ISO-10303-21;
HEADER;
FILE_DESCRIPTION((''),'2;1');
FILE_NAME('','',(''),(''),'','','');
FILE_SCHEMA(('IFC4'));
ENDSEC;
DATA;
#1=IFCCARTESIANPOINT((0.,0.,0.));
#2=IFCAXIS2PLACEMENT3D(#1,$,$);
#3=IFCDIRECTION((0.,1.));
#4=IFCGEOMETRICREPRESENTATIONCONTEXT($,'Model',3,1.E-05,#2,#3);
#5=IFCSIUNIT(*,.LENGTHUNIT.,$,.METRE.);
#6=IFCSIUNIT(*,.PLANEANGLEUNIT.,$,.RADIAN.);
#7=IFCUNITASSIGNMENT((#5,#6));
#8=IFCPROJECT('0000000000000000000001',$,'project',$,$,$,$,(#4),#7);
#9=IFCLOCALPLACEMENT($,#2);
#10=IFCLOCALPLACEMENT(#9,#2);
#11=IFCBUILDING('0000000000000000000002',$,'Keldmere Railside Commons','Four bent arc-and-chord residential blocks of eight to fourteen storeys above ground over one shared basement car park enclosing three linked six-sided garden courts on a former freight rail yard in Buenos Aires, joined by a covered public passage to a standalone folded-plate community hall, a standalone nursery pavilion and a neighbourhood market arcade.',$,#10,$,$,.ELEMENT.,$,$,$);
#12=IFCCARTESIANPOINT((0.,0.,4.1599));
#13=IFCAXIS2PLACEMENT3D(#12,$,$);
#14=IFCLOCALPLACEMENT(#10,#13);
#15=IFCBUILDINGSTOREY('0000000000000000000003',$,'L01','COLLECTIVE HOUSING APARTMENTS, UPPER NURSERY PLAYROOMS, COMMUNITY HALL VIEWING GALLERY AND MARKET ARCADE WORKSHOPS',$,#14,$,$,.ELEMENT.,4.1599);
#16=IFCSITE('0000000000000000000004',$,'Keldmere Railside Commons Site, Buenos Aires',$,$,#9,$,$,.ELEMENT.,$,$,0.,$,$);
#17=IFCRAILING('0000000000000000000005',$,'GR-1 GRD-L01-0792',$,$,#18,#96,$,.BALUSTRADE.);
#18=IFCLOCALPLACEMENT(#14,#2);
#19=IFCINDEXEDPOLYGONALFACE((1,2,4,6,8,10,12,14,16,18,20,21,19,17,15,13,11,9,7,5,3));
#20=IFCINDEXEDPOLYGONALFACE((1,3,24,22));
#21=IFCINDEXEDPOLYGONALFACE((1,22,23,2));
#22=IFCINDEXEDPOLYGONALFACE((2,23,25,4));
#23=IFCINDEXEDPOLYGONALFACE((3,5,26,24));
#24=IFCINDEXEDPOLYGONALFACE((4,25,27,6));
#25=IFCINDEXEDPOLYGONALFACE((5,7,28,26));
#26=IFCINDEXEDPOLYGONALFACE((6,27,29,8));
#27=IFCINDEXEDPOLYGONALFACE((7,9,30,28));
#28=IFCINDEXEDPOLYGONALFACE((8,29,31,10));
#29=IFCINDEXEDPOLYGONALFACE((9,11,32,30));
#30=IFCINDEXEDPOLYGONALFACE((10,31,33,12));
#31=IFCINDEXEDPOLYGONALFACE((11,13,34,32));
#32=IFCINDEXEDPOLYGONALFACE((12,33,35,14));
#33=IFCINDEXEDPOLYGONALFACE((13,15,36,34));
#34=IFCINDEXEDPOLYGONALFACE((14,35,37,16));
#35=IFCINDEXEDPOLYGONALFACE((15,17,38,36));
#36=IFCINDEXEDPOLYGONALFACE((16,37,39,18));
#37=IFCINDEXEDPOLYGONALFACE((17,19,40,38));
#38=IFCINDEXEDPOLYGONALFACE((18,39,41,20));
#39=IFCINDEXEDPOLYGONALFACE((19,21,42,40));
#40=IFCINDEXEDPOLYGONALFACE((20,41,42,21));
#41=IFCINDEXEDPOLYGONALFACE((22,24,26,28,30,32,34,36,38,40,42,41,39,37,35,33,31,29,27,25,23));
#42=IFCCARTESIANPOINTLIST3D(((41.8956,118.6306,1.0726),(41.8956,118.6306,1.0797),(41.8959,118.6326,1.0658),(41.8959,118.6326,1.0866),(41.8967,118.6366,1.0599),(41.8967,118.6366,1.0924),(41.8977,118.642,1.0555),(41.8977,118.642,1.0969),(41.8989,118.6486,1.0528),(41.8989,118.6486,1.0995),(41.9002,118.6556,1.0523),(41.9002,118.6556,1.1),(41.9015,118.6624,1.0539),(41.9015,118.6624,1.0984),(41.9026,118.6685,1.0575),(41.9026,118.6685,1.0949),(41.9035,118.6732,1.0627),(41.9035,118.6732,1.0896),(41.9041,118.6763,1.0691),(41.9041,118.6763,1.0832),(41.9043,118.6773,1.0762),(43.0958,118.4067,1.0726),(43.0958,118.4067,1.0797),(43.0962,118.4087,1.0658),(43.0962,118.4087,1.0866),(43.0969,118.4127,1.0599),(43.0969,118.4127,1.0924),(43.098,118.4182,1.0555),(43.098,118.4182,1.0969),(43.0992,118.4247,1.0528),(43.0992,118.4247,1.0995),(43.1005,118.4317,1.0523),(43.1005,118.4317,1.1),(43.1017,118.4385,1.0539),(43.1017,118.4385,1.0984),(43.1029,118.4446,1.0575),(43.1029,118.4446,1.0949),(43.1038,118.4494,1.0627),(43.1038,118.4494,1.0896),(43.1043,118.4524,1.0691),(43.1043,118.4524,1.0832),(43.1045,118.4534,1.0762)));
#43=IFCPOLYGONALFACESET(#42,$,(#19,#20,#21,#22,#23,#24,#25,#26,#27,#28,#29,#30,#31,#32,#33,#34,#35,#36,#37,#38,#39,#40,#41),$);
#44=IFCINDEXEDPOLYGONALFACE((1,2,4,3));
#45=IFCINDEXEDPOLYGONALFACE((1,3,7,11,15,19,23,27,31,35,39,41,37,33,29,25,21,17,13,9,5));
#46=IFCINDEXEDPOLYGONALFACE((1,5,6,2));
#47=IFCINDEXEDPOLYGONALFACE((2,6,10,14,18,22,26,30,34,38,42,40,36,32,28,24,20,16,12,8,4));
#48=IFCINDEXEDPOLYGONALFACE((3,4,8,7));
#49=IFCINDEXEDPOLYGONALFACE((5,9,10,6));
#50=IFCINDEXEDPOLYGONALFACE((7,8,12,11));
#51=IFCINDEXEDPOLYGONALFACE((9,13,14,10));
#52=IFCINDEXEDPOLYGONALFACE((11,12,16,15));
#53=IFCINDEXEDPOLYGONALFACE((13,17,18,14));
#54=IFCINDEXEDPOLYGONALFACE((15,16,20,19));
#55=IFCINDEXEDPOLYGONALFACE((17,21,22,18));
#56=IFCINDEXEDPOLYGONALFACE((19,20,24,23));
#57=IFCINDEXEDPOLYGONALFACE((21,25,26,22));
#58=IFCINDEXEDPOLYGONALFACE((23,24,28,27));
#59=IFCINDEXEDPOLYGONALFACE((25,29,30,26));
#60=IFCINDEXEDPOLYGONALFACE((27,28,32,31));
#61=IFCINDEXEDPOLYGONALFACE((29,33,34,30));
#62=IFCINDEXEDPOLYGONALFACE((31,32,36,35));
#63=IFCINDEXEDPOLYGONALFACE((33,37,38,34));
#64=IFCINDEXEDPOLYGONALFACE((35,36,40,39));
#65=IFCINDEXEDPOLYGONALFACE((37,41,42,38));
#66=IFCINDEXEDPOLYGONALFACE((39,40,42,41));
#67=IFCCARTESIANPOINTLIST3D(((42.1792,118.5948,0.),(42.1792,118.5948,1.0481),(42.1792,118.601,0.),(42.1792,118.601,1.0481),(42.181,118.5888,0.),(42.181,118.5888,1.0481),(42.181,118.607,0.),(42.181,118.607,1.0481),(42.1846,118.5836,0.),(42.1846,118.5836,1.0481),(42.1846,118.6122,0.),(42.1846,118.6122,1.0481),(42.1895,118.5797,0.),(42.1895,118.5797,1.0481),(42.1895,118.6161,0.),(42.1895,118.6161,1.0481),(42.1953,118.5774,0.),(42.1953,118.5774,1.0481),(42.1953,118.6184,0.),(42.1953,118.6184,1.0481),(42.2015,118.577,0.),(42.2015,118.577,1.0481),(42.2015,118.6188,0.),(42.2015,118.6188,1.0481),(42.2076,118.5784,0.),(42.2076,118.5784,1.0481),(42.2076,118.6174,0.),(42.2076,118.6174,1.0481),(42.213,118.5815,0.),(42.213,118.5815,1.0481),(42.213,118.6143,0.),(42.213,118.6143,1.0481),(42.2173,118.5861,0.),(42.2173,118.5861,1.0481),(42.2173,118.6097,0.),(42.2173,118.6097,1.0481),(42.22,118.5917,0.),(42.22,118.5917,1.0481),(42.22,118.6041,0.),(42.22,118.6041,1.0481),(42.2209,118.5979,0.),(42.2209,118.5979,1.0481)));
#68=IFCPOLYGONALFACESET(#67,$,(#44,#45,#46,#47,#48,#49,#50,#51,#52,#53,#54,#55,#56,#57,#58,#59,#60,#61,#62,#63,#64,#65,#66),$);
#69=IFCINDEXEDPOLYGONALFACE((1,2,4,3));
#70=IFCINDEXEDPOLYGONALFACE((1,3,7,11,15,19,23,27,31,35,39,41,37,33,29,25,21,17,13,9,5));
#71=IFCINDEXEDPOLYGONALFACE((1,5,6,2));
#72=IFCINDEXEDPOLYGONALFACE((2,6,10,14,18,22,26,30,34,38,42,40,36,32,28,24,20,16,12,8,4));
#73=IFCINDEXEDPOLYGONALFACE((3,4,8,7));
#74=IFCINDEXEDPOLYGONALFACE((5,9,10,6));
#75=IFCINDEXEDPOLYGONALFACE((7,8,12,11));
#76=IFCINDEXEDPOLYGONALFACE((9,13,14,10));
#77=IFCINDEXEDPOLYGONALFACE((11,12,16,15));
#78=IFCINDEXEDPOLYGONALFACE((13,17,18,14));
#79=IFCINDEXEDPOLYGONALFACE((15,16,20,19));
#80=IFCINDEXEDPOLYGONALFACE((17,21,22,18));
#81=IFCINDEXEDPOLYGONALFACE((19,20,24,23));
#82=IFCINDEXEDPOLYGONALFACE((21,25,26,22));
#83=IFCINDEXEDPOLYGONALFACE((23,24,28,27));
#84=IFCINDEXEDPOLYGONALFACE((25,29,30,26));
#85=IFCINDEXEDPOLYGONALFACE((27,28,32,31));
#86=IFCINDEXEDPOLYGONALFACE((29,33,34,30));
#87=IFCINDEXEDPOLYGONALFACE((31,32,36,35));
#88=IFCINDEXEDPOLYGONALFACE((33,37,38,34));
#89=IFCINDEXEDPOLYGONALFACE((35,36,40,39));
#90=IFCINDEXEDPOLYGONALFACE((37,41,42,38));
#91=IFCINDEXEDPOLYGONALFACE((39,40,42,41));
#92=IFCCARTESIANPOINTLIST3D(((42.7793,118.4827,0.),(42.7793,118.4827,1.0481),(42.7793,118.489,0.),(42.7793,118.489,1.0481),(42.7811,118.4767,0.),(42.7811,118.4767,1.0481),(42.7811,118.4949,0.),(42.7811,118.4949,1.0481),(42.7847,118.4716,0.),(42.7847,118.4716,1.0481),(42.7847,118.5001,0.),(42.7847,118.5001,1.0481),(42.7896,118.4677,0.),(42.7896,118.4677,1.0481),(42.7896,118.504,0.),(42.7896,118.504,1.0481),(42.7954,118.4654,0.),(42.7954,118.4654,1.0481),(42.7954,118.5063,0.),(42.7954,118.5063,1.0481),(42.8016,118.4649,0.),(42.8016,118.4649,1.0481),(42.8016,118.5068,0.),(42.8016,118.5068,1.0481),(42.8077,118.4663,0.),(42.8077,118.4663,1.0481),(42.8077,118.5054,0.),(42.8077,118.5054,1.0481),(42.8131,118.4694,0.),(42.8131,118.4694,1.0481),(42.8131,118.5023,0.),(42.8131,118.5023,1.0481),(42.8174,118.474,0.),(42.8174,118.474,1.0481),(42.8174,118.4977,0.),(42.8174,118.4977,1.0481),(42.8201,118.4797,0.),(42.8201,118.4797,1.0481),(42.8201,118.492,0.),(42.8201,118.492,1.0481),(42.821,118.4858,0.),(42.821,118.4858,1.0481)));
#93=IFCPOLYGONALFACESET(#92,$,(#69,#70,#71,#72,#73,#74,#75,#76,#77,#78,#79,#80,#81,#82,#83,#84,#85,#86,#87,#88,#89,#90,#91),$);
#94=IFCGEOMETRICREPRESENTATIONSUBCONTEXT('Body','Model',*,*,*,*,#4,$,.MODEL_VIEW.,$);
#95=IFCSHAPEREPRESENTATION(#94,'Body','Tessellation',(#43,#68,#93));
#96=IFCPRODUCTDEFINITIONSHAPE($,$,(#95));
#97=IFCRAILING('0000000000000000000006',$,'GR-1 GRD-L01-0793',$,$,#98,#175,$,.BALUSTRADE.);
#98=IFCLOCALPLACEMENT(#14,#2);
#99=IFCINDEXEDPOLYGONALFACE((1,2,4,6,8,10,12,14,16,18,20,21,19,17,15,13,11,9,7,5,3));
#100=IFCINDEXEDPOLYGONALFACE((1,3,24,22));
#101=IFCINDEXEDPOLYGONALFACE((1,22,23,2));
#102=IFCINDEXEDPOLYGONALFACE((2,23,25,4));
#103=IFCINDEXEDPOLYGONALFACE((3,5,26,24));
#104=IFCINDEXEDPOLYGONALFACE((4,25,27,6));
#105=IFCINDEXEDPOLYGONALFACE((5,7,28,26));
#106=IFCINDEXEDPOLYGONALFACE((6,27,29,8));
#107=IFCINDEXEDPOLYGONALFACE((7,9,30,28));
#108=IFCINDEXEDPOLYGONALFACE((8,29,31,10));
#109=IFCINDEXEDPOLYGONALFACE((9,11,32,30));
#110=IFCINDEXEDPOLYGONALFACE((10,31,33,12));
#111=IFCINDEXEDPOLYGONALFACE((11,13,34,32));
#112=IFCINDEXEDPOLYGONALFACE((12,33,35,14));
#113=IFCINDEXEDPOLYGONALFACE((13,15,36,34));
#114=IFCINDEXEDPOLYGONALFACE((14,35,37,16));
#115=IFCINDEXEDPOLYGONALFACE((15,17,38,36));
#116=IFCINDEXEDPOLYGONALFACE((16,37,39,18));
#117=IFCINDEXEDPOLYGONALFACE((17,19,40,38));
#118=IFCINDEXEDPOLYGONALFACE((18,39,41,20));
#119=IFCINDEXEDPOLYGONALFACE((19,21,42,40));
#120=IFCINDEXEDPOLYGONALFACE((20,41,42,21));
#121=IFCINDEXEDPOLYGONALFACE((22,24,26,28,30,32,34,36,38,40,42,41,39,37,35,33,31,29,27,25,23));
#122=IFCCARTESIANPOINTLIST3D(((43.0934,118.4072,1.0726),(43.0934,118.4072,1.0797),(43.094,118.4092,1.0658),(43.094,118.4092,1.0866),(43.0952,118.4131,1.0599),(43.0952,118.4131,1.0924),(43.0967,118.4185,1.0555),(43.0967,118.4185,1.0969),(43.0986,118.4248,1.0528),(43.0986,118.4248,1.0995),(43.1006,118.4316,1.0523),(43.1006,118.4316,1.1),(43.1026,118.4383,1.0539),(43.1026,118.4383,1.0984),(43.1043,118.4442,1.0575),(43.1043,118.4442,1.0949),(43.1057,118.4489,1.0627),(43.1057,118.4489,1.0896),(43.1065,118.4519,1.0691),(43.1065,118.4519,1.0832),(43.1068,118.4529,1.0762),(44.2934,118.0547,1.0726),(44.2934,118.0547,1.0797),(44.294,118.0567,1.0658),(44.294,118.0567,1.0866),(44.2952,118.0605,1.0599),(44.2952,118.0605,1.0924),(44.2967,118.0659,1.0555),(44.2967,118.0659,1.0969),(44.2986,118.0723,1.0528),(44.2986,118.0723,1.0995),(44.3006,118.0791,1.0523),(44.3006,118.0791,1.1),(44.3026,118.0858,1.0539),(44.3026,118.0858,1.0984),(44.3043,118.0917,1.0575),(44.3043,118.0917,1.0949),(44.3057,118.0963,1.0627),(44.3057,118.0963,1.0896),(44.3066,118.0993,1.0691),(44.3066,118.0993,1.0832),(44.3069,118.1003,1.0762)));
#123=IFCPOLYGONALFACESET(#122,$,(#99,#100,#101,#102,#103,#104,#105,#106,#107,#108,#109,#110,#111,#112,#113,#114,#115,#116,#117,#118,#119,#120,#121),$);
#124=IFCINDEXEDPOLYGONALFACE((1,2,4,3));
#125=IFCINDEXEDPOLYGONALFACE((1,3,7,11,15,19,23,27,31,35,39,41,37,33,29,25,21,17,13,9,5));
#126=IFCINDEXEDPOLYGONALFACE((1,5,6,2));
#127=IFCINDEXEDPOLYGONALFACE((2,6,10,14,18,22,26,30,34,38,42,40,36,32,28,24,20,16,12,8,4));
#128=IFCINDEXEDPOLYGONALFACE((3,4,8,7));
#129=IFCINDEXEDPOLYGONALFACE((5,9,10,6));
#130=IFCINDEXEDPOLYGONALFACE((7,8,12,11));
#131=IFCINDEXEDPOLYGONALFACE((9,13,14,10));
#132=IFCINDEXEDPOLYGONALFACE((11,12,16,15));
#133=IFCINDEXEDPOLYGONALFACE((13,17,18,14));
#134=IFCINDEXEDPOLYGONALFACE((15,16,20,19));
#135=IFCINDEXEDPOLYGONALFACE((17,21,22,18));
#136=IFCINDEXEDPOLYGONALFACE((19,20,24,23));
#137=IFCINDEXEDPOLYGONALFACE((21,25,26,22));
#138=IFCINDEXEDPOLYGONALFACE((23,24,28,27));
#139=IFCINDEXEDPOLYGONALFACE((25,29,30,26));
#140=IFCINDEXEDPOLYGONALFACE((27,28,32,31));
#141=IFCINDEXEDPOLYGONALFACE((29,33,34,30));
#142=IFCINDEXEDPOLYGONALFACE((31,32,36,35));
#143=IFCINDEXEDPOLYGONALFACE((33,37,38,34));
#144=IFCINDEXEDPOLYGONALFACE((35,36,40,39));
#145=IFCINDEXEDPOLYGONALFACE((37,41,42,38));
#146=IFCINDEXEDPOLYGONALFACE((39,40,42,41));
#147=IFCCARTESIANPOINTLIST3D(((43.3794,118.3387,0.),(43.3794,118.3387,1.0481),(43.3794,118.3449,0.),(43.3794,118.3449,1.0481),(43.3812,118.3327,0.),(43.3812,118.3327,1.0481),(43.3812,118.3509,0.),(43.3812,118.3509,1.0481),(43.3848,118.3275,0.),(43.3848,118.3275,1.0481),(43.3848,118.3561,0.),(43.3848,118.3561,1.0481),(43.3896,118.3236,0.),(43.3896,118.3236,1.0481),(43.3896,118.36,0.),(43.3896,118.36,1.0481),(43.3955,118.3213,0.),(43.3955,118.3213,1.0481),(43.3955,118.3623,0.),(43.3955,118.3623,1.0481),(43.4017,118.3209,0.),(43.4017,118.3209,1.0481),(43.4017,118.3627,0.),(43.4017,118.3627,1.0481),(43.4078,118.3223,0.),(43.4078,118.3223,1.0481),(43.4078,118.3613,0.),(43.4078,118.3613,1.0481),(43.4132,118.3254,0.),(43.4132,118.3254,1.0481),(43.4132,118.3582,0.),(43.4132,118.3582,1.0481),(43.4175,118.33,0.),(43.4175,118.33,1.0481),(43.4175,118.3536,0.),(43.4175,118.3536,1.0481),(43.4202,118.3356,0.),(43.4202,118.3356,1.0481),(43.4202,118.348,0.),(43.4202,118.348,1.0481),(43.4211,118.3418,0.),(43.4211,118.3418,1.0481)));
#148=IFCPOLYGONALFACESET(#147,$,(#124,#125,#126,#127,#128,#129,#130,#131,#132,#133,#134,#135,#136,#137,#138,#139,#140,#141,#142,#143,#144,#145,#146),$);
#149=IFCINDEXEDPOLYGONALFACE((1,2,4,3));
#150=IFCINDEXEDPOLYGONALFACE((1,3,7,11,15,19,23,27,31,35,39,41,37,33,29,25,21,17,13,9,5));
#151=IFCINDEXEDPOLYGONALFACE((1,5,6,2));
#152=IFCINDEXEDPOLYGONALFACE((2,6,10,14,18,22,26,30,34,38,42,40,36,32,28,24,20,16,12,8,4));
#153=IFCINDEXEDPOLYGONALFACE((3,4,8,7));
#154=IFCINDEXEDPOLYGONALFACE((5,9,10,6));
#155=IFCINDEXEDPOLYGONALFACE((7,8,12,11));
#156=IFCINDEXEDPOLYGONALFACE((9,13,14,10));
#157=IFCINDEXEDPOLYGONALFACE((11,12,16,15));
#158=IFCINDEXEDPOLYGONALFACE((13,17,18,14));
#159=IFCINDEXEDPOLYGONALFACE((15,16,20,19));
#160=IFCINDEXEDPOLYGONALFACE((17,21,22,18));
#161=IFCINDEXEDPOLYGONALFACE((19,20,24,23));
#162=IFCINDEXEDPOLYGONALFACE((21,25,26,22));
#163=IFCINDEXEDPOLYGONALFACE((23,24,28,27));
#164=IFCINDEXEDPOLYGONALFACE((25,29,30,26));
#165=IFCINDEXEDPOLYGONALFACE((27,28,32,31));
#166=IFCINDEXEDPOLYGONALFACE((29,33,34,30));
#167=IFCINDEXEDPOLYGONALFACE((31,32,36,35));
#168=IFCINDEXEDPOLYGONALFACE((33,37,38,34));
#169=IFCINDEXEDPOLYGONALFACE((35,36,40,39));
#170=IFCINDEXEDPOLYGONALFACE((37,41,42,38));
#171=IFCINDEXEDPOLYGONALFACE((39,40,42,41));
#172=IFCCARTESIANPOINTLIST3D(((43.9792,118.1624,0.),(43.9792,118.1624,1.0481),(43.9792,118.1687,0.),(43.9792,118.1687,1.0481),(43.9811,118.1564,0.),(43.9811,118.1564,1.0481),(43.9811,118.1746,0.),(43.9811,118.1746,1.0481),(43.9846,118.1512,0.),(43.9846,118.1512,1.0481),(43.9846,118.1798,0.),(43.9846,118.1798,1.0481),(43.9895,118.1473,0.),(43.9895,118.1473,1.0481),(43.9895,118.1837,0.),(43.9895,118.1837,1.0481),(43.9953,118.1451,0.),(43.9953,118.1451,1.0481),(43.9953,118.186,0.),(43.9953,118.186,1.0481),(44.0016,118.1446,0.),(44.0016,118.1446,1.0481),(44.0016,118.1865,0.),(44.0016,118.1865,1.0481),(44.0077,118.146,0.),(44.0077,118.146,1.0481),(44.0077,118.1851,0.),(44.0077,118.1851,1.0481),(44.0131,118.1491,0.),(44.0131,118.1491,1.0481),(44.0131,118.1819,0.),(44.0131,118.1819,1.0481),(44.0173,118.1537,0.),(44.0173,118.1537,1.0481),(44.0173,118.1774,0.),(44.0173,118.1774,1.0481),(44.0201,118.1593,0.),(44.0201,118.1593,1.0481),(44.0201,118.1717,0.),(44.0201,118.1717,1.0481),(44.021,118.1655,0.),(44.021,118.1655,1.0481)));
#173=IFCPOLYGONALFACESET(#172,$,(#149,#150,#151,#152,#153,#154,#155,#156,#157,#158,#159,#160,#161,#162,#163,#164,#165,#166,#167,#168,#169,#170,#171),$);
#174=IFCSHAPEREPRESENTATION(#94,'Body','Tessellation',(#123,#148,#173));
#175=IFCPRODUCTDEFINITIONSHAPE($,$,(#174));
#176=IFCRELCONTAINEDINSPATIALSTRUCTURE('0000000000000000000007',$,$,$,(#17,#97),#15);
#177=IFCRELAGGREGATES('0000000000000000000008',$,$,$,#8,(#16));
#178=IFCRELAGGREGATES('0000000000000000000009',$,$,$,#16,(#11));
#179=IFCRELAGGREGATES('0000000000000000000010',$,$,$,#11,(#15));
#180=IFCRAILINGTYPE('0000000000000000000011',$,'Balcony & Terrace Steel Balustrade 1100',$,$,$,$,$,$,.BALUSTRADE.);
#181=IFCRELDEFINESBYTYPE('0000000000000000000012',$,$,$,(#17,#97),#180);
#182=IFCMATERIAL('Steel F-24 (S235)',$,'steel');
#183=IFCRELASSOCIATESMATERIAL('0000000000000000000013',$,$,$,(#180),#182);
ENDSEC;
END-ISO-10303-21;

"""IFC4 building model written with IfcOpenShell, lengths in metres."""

from ifc_helpers import new_model, si_unit, direction, frame, origin, origin_2d, place, context, subcontext, project, spatial, circle, extrude, material, type_object, element, save


model = new_model("IFC4")

# Units and contexts
model_context = context("Model", 3, precision=1e-05, world=origin(), true_north=direction((0.0, 1.0)))
body_context = subcontext(model_context, "Body", "Model", "MODEL_VIEW")
ifc_project = project(units=[si_unit("LENGTHUNIT", "METRE"), si_unit("PLANEANGLEUNIT", "RADIAN")], contexts=[model_context])

# Site, building, storey
site_placement = place(None, origin())
site = spatial("IfcSite", under=ifc_project, at=site_placement, Name="Keldmere Railside Commons Site, Buenos Aires", CompositionType="ELEMENT", RefElevation=0.0)
building_placement = place(site_placement, origin())
building = spatial("IfcBuilding", under=site, at=building_placement, Name="Keldmere Railside Commons", Description="Four bent arc-and-chord residential blocks of eight to fourteen storeys above ground over one shared basement car park enclosing three linked six-sided garden courts on a former freight rail yard in Buenos Aires, joined by a covered public passage to a standalone folded-plate community hall, a standalone nursery pavilion and a neighbourhood market arcade.", CompositionType="ELEMENT")
storey_placement = place(building_placement, frame((0.0, 0.0, 4.1599)))
storey = spatial("IfcBuildingStorey", under=building, at=storey_placement, Name="L01", Description="COLLECTIVE HOUSING APARTMENTS, UPPER NURSERY PLAYROOMS, COMMUNITY HALL VIEWING GALLERY AND MARKET ARCADE WORKSHOPS", CompositionType="ELEMENT", Elevation=4.1599)

# Railings
ifc_material_1 = material(Name="Steel F-24 (S235)", Category="steel")
railing_type = type_object("IfcRailingType", Name="Balcony & Terrace Steel Balustrade 1100", PredefinedType="BALUSTRADE", material=ifc_material_1)
railing_1_placement = place(storey_placement, frame((41.8999, 118.6538, 0.0)))
element("IfcRailing", 1, at=railing_1_placement, inside=storey, type_object=railing_type, Name="GR-1 GRD-L01-0792", PredefinedType="BALUSTRADE", context=body_context, shape_type="SweptSolid", body=[
    extrude(circle(Radius=0.0239, at=origin_2d()), frame((0.0, 0.0, 1.0762), z_axis=(0.983044, -0.183371, 0.0), x_axis=(0.183371, 0.983044, 0.0)), (0.0, 0.0, 1.0), 1.2209),
    extrude(circle(Radius=0.021, at=origin_2d()), frame((0.3, -0.0559, 0.0)), (0.0, 0.0, 1.0), 1.0481),
    extrude(circle(Radius=0.021, at=origin_2d()), frame((0.9001, -0.168, 0.0)), (0.0, 0.0, 1.0), 1.0481),
])
railing_2_placement = place(storey_placement, frame((43.1001, 118.4299, 0.0)))
element("IfcRailing", 2, at=railing_2_placement, inside=storey, type_object=railing_type, Name="GR-1 GRD-L01-0793", PredefinedType="BALUSTRADE", context=body_context, shape_type="SweptSolid", body=[
    extrude(circle(Radius=0.0239, at=origin_2d()), frame((0.0, 0.0, 1.0762), z_axis=(0.959449, -0.281881, 0.0), x_axis=(0.281881, 0.959449, 0.0)), (0.0, 0.0, 1.0), 1.2507),
    extrude(circle(Radius=0.021, at=origin_2d()), frame((0.3, -0.0881, 0.0)), (0.0, 0.0, 1.0), 1.0481),
    extrude(circle(Radius=0.021, at=origin_2d()), frame((0.8999, -0.2644, 0.0)), (0.0, 0.0, 1.0), 1.0481),
])

save(model, "model.ifc")
